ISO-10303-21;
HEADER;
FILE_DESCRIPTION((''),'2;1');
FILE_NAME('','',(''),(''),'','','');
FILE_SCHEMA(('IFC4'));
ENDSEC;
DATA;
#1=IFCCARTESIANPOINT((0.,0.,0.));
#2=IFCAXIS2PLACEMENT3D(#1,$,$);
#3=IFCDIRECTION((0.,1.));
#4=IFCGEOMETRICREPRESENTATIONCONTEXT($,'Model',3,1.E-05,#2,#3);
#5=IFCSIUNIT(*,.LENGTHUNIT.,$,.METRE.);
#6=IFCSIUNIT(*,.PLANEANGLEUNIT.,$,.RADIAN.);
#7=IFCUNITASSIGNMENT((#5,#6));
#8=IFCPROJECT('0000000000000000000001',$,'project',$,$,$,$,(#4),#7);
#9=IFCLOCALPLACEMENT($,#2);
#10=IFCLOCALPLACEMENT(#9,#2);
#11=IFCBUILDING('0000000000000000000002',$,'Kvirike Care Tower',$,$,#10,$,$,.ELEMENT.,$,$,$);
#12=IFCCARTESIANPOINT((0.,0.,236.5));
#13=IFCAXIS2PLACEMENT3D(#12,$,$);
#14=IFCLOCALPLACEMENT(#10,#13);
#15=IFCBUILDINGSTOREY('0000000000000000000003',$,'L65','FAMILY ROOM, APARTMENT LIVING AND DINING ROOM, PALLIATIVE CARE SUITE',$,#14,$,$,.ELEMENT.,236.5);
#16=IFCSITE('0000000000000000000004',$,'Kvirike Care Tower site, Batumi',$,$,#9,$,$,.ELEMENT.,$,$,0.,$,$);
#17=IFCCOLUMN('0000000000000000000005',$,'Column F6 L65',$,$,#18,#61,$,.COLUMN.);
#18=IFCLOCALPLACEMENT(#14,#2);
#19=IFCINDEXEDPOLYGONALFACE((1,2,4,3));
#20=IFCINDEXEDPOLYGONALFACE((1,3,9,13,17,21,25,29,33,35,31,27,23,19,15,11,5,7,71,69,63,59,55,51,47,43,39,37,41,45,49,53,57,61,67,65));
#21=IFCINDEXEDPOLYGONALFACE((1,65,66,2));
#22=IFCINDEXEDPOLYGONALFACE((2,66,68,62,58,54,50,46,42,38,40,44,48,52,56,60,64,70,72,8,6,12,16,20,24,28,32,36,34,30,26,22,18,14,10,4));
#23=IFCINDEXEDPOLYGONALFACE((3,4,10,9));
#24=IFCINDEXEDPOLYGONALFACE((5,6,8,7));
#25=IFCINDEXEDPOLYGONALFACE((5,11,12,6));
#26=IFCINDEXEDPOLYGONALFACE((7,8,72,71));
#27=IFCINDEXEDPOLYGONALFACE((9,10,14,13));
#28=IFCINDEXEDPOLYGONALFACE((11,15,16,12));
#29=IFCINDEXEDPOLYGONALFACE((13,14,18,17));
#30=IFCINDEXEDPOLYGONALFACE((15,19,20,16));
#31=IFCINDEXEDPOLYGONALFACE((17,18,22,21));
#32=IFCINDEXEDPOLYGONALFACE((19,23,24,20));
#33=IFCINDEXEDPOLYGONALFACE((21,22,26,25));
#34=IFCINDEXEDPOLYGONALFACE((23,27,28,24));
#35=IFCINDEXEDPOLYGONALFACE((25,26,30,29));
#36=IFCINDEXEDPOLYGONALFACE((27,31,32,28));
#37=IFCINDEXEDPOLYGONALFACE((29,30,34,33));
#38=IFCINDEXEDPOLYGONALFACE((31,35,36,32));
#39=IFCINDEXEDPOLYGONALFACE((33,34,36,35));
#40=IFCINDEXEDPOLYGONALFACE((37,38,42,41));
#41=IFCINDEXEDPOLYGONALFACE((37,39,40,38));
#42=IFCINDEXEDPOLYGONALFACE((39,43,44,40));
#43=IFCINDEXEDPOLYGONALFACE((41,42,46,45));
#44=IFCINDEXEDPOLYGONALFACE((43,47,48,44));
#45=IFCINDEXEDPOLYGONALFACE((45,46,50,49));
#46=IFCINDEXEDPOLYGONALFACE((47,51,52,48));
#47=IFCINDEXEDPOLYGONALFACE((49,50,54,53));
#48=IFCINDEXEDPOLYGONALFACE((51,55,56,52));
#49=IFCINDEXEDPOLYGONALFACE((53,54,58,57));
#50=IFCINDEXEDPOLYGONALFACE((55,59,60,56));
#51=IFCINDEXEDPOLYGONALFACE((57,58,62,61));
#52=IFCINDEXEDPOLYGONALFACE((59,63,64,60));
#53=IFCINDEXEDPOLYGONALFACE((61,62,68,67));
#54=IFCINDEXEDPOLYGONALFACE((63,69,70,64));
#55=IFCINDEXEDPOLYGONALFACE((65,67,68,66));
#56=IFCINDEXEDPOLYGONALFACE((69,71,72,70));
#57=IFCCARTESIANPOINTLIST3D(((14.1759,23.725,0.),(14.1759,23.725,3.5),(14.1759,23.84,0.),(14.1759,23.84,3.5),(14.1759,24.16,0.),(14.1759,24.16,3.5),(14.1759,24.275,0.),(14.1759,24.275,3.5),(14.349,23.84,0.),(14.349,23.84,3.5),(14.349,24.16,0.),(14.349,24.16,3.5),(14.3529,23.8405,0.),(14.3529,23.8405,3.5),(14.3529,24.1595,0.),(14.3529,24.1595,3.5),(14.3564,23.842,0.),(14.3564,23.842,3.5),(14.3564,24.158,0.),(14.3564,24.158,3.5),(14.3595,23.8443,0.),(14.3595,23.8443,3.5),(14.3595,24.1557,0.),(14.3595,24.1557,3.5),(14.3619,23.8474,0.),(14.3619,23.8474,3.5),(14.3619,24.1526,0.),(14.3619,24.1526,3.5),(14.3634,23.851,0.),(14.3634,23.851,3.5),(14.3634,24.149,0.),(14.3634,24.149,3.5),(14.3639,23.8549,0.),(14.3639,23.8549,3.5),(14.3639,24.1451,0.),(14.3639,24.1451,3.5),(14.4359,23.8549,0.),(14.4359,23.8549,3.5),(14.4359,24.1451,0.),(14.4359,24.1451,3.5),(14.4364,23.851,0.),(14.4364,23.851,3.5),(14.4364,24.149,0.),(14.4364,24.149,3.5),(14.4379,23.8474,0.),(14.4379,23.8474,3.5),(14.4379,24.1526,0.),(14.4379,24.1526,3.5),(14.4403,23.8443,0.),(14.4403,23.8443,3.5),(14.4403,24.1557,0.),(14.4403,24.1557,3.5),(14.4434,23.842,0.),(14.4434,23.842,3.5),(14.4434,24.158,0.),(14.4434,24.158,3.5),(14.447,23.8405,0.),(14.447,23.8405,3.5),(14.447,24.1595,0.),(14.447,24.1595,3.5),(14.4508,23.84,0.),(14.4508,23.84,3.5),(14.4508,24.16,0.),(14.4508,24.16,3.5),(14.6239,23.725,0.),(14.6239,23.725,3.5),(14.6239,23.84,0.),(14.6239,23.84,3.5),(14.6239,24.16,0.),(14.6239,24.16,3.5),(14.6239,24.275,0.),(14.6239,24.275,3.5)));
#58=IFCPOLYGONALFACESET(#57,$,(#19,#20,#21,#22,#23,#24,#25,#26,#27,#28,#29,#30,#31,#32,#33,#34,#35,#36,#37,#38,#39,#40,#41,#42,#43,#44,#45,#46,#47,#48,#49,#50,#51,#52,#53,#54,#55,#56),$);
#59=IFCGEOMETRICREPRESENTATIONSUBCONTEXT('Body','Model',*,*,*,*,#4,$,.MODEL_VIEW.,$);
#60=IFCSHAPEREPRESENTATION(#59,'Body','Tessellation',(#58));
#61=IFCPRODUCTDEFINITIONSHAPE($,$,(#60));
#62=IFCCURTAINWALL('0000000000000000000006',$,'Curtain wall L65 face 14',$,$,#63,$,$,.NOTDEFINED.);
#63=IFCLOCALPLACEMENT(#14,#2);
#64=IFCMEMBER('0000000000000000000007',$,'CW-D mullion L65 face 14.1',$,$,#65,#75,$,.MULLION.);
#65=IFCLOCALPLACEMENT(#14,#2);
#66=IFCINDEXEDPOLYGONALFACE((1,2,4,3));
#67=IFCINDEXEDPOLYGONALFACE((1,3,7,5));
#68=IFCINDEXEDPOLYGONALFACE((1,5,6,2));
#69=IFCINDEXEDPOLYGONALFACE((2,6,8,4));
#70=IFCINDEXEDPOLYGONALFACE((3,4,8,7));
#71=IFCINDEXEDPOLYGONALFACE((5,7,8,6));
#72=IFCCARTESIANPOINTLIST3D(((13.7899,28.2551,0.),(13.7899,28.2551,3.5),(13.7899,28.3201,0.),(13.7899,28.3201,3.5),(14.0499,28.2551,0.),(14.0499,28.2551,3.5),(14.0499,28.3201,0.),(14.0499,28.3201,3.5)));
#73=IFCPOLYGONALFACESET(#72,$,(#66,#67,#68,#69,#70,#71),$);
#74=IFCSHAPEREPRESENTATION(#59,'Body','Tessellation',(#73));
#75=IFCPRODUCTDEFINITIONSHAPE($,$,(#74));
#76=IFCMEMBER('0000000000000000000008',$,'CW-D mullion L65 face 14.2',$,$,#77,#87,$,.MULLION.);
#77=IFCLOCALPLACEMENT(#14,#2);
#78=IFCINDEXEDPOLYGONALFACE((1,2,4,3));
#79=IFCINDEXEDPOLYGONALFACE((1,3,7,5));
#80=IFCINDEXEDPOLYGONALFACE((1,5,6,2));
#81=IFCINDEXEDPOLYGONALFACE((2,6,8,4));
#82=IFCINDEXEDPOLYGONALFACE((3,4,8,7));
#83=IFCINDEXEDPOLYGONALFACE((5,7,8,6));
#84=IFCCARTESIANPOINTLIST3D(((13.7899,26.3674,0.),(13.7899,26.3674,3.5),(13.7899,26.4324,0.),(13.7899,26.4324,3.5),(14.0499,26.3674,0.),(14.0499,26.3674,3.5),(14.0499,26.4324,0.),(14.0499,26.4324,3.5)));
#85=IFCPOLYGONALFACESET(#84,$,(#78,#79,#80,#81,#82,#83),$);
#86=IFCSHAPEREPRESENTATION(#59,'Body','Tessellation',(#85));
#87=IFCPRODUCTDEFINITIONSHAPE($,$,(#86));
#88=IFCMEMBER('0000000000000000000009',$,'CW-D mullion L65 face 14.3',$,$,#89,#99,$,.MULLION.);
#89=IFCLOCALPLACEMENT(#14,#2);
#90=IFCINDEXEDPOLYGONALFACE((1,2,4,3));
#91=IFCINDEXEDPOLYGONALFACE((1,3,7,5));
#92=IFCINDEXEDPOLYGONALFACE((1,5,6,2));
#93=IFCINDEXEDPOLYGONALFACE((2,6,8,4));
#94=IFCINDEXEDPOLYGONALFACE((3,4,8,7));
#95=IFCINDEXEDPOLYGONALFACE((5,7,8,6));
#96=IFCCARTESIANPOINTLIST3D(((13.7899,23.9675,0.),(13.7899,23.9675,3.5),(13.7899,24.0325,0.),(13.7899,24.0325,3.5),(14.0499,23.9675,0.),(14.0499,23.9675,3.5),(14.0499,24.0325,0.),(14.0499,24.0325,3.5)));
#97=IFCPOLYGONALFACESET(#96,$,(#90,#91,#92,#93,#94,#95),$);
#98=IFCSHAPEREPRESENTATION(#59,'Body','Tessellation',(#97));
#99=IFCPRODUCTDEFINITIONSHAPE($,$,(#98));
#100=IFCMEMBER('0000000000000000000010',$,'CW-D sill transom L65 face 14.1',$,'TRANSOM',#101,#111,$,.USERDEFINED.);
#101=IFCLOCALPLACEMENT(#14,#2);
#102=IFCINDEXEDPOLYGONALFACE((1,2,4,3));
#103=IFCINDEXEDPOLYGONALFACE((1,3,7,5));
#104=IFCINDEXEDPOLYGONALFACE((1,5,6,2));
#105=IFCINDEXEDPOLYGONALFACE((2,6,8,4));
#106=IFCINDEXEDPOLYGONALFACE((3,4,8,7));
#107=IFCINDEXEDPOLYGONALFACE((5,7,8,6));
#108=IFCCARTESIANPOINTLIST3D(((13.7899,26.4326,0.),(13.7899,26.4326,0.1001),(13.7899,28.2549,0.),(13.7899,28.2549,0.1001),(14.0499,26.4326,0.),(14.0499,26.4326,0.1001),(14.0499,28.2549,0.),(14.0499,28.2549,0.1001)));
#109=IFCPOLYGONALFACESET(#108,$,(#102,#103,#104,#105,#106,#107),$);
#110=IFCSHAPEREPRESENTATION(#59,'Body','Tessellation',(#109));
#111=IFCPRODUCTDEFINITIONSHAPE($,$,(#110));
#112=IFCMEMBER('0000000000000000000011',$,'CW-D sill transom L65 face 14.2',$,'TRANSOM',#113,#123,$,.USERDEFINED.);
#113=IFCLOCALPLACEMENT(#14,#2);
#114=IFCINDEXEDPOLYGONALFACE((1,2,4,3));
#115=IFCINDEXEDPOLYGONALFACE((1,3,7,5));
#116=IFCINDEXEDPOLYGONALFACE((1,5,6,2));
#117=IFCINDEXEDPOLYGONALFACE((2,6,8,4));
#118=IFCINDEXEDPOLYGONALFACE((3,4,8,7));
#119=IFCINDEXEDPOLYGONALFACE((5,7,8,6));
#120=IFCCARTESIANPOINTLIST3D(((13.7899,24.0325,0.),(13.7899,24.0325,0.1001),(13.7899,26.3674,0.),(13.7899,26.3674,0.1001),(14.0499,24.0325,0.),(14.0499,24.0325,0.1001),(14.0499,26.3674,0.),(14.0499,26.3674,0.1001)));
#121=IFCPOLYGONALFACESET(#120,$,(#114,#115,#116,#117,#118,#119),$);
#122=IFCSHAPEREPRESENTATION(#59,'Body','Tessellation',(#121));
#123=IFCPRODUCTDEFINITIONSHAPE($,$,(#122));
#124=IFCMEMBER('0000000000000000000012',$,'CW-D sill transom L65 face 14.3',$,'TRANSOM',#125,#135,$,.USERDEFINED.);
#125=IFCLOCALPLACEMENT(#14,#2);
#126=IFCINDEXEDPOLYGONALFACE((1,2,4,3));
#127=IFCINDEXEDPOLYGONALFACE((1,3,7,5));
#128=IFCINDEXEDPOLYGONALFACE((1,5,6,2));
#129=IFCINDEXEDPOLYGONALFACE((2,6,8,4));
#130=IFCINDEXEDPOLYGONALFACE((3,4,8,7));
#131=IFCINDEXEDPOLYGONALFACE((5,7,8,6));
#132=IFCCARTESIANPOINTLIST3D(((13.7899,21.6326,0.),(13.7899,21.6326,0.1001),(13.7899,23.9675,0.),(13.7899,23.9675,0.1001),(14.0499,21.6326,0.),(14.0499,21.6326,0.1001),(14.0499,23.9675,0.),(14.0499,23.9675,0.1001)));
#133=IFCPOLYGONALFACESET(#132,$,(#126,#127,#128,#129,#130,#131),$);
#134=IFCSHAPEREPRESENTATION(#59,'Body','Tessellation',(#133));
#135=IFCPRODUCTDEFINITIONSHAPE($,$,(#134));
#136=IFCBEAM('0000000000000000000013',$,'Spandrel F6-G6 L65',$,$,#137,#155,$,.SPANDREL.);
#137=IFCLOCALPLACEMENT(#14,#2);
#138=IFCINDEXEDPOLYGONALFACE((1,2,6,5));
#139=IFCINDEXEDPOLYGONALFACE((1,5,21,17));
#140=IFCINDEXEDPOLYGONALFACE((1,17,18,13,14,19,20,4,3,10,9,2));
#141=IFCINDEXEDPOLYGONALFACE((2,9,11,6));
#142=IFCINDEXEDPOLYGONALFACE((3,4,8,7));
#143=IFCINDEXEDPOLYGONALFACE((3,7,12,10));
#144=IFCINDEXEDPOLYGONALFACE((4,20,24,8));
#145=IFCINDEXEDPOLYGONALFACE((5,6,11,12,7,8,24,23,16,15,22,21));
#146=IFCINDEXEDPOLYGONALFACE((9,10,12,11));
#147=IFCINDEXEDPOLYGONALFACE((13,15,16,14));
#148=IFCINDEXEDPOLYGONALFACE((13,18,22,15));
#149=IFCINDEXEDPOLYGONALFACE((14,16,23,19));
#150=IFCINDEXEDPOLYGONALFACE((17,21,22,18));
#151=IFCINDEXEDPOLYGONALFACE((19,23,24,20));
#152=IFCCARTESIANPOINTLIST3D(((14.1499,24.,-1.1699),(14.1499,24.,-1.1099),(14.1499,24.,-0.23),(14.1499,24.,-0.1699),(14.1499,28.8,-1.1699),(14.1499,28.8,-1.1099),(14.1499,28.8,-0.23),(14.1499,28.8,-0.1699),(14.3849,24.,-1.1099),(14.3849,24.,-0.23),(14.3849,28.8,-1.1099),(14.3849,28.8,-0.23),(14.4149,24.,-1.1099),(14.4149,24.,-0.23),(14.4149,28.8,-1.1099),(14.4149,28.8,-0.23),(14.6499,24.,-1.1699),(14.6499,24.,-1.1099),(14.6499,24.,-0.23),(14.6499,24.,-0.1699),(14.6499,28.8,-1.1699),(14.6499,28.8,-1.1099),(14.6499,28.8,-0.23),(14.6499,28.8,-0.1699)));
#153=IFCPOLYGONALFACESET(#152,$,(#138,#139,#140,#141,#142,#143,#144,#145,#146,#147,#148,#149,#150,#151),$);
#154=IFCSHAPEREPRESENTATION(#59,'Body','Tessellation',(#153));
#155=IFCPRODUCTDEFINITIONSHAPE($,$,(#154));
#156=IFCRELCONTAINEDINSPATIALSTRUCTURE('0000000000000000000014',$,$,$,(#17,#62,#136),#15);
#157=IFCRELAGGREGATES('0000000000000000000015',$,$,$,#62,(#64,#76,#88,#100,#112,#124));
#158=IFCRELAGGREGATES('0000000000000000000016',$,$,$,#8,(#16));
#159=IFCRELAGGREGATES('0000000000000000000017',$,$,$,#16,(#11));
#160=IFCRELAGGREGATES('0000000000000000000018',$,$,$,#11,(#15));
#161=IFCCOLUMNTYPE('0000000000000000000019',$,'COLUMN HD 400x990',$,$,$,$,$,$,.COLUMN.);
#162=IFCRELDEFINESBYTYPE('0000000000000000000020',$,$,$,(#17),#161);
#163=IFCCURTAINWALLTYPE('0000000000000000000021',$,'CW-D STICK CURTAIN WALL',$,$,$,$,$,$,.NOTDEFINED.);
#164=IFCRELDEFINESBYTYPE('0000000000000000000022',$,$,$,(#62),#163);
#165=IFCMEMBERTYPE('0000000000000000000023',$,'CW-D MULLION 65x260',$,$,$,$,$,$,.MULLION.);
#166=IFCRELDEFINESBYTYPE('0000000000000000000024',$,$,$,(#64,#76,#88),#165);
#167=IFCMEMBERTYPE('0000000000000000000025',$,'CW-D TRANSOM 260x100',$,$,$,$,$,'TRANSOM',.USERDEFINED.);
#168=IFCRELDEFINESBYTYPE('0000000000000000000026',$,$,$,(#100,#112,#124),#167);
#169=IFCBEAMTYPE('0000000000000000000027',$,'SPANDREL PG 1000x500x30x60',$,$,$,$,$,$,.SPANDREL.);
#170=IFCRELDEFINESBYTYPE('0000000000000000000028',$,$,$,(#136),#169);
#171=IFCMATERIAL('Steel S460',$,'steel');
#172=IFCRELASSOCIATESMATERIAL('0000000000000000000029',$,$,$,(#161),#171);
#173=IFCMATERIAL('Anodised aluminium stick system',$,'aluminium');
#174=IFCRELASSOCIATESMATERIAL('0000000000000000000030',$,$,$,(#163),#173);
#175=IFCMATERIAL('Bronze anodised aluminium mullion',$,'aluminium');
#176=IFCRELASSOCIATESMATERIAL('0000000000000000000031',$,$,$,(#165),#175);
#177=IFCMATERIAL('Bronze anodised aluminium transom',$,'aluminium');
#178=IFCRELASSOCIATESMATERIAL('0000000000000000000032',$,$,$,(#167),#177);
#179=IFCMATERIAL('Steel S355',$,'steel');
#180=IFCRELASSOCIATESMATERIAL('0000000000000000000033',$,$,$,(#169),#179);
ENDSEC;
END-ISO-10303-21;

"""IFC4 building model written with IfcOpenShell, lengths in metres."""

from ifc_helpers import new_model, si_unit, direction, frame, origin, origin_2d, place, context, subcontext, project, spatial, rectangle, i_section, extrude, material, material_profile, profile_set, type_object, element, aggregate, save


model = new_model("IFC4")

# Units and contexts
model_context = context("Model", 3, precision=1e-05, world=origin(), true_north=direction((0.0, 1.0)))
body_context = subcontext(model_context, "Body", "Model", "MODEL_VIEW")
ifc_project = project(units=[si_unit("LENGTHUNIT", "METRE"), si_unit("PLANEANGLEUNIT", "RADIAN")], contexts=[model_context])

# Site, building, storey
site_placement = place(None, origin())
site = spatial("IfcSite", under=ifc_project, at=site_placement, Name="Kvirike Care Tower site, Batumi", CompositionType="ELEMENT", RefElevation=0.0)
building_placement = place(site_placement, origin())
building = spatial("IfcBuilding", under=site, at=building_placement, Name="Kvirike Care Tower", CompositionType="ELEMENT")
storey_placement = place(building_placement, frame((0.0, 0.0, 236.5)))
storey = spatial("IfcBuildingStorey", under=building, at=storey_placement, Name="L65", Description="FAMILY ROOM, APARTMENT LIVING AND DINING ROOM, PALLIATIVE CARE SUITE", CompositionType="ELEMENT", Elevation=236.5)

# Column
ifc_material_1 = material(Name="Steel S460", Category="steel")
ifc_material_profile_1 = material_profile(ifc_material_1, i_section(OverallWidth=0.448, OverallDepth=0.55, WebThickness=0.072, FlangeThickness=0.115, FilletRadius=0.0149, at=origin_2d()), Name="HD 400x990")
ifc_profile_set_1 = profile_set([ifc_material_profile_1], Name="Steel S460")
column_type = type_object("IfcColumnType", Name="COLUMN HD 400x990", PredefinedType="COLUMN", material=ifc_profile_set_1)
column_placement = place(storey_placement, frame((14.3999, 24.0, 0.0), z_axis=(0.0, 0.0, 1.0), x_axis=(1.0, 0.0, 0.0)))
element("IfcColumn", 1, at=column_placement, inside=storey, type_object=column_type, Name="Column F6 L65", PredefinedType="COLUMN", context=body_context, shape_type="SweptSolid", body=[
    extrude(i_section(OverallWidth=0.448, OverallDepth=0.55, WebThickness=0.072, FlangeThickness=0.115, FilletRadius=0.0149, at=origin_2d()), origin(), (0.0, 0.0, 1.0), 3.5),
])

# Curtain wall, members
ifc_material_2 = material(Name="Anodised aluminium stick system", Category="aluminium")
curtain_wall_type = type_object("IfcCurtainWallType", Name="CW-D STICK CURTAIN WALL", PredefinedType="NOTDEFINED", material=ifc_material_2)
curtain_wall_placement = place(storey_placement, origin())
curtain_wall = element("IfcCurtainWall", 2, at=curtain_wall_placement, inside=storey, type_object=curtain_wall_type, Name="Curtain wall L65 face 14", PredefinedType="NOTDEFINED")
ifc_material_3 = material(Name="Bronze anodised aluminium mullion", Category="aluminium")
ifc_material_profile_2 = material_profile(ifc_material_3, rectangle(XDim=0.0649, YDim=0.26, at=origin_2d()), Name="CW-D MULLION 65x260")
ifc_profile_set_2 = profile_set([ifc_material_profile_2], Name="Bronze anodised aluminium mullion")
member_type_1 = type_object("IfcMemberType", Name="CW-D MULLION 65x260", PredefinedType="MULLION", material=ifc_profile_set_2)
member_1_placement = place(storey_placement, frame((13.9199, 28.2876, 0.0), z_axis=(0.0, 0.0, 1.0), x_axis=(0.0, -1.0, 0.0)))
member_1 = element("IfcMember", 3, at=member_1_placement, type_object=member_type_1, Name="CW-D mullion L65 face 14.1", PredefinedType="MULLION", context=body_context, shape_type="SweptSolid", body=[
    extrude(rectangle(XDim=0.0649, YDim=0.26, at=origin_2d()), origin(), (0.0, 0.0, 1.0), 3.5),
])
member_2_placement = place(storey_placement, frame((13.9199, 26.3999, 0.0), z_axis=(0.0, 0.0, 1.0), x_axis=(0.0, -1.0, 0.0)))
member_2 = element("IfcMember", 4, at=member_2_placement, type_object=member_type_1, Name="CW-D mullion L65 face 14.2", PredefinedType="MULLION", context=body_context, shape_type="SweptSolid", body=[
    extrude(rectangle(XDim=0.0649, YDim=0.26, at=origin_2d()), origin(), (0.0, 0.0, 1.0), 3.5),
])
member_3_placement = place(storey_placement, frame((13.9199, 24.0, 0.0), z_axis=(0.0, 0.0, 1.0), x_axis=(0.0, -1.0, 0.0)))
member_3 = element("IfcMember", 5, at=member_3_placement, type_object=member_type_1, Name="CW-D mullion L65 face 14.3", PredefinedType="MULLION", context=body_context, shape_type="SweptSolid", body=[
    extrude(rectangle(XDim=0.0649, YDim=0.26, at=origin_2d()), origin(), (0.0, 0.0, 1.0), 3.5),
])
ifc_material_4 = material(Name="Bronze anodised aluminium transom", Category="aluminium")
ifc_material_profile_3 = material_profile(ifc_material_4, rectangle(XDim=0.26, YDim=0.1001, at=origin_2d()), Name="CW-D TRANSOM 260x100")
ifc_profile_set_3 = profile_set([ifc_material_profile_3], Name="Bronze anodised aluminium transom")
member_type_2 = type_object("IfcMemberType", Name="CW-D TRANSOM 260x100", ElementType="TRANSOM", PredefinedType="USERDEFINED", material=ifc_profile_set_3)
member_4_placement = place(storey_placement, frame((13.9199, 28.2549, 0.05), z_axis=(0.0, -1.0, 0.0), x_axis=(1.0, 0.0, 0.0)))
member_4 = element("IfcMember", 6, at=member_4_placement, type_object=member_type_2, Name="CW-D sill transom L65 face 14.1", ObjectType="TRANSOM", PredefinedType="USERDEFINED", context=body_context, shape_type="SweptSolid", body=[
    extrude(rectangle(XDim=0.26, YDim=0.1001, at=origin_2d()), origin(), (0.0, 0.0, 1.0), 1.8223),
])
member_5_placement = place(storey_placement, frame((13.9199, 26.3674, 0.05), z_axis=(0.0, -1.0, 0.0), x_axis=(1.0, 0.0, 0.0)))
member_5 = element("IfcMember", 7, at=member_5_placement, type_object=member_type_2, Name="CW-D sill transom L65 face 14.2", ObjectType="TRANSOM", PredefinedType="USERDEFINED", context=body_context, shape_type="SweptSolid", body=[
    extrude(rectangle(XDim=0.26, YDim=0.1001, at=origin_2d()), origin(), (0.0, 0.0, 1.0), 2.335),
])
member_6_placement = place(storey_placement, frame((13.9199, 23.9675, 0.05), z_axis=(0.0, -1.0, 0.0), x_axis=(1.0, 0.0, 0.0)))
member_6 = element("IfcMember", 8, at=member_6_placement, type_object=member_type_2, Name="CW-D sill transom L65 face 14.3", ObjectType="TRANSOM", PredefinedType="USERDEFINED", context=body_context, shape_type="SweptSolid", body=[
    extrude(rectangle(XDim=0.26, YDim=0.1001, at=origin_2d()), origin(), (0.0, 0.0, 1.0), 2.335),
])

# Beam
ifc_material_5 = material(Name="Steel S355", Category="steel")
ifc_material_profile_4 = material_profile(ifc_material_5, i_section(OverallWidth=0.5, OverallDepth=1.0, WebThickness=0.03, FlangeThickness=0.0601, at=origin_2d()), Name="PG 1000x500x30x60")
ifc_profile_set_4 = profile_set([ifc_material_profile_4], Name="Steel S355")
beam_type_1 = type_object("IfcBeamType", Name="SPANDREL PG 1000x500x30x60", PredefinedType="SPANDREL", material=ifc_profile_set_4)
beam_placement = place(storey_placement, frame((14.3999, 24.0, -0.6699), z_axis=(0.0, 1.0, 0.0), x_axis=(-1.0, 0.0, 0.0)))
element("IfcBeam", 9, at=beam_placement, inside=storey, type_object=beam_type_1, Name="Spandrel F6-G6 L65", PredefinedType="SPANDREL", context=body_context, shape_type="SweptSolid", body=[
    extrude(i_section(OverallWidth=0.5, OverallDepth=1.0, WebThickness=0.03, FlangeThickness=0.0601, at=origin_2d()), origin(), (0.0, 0.0, 1.0), 4.8),
])

aggregate(curtain_wall, [member_1, member_2, member_3, member_4, member_5, member_6])

save(model, "model.ifc")
